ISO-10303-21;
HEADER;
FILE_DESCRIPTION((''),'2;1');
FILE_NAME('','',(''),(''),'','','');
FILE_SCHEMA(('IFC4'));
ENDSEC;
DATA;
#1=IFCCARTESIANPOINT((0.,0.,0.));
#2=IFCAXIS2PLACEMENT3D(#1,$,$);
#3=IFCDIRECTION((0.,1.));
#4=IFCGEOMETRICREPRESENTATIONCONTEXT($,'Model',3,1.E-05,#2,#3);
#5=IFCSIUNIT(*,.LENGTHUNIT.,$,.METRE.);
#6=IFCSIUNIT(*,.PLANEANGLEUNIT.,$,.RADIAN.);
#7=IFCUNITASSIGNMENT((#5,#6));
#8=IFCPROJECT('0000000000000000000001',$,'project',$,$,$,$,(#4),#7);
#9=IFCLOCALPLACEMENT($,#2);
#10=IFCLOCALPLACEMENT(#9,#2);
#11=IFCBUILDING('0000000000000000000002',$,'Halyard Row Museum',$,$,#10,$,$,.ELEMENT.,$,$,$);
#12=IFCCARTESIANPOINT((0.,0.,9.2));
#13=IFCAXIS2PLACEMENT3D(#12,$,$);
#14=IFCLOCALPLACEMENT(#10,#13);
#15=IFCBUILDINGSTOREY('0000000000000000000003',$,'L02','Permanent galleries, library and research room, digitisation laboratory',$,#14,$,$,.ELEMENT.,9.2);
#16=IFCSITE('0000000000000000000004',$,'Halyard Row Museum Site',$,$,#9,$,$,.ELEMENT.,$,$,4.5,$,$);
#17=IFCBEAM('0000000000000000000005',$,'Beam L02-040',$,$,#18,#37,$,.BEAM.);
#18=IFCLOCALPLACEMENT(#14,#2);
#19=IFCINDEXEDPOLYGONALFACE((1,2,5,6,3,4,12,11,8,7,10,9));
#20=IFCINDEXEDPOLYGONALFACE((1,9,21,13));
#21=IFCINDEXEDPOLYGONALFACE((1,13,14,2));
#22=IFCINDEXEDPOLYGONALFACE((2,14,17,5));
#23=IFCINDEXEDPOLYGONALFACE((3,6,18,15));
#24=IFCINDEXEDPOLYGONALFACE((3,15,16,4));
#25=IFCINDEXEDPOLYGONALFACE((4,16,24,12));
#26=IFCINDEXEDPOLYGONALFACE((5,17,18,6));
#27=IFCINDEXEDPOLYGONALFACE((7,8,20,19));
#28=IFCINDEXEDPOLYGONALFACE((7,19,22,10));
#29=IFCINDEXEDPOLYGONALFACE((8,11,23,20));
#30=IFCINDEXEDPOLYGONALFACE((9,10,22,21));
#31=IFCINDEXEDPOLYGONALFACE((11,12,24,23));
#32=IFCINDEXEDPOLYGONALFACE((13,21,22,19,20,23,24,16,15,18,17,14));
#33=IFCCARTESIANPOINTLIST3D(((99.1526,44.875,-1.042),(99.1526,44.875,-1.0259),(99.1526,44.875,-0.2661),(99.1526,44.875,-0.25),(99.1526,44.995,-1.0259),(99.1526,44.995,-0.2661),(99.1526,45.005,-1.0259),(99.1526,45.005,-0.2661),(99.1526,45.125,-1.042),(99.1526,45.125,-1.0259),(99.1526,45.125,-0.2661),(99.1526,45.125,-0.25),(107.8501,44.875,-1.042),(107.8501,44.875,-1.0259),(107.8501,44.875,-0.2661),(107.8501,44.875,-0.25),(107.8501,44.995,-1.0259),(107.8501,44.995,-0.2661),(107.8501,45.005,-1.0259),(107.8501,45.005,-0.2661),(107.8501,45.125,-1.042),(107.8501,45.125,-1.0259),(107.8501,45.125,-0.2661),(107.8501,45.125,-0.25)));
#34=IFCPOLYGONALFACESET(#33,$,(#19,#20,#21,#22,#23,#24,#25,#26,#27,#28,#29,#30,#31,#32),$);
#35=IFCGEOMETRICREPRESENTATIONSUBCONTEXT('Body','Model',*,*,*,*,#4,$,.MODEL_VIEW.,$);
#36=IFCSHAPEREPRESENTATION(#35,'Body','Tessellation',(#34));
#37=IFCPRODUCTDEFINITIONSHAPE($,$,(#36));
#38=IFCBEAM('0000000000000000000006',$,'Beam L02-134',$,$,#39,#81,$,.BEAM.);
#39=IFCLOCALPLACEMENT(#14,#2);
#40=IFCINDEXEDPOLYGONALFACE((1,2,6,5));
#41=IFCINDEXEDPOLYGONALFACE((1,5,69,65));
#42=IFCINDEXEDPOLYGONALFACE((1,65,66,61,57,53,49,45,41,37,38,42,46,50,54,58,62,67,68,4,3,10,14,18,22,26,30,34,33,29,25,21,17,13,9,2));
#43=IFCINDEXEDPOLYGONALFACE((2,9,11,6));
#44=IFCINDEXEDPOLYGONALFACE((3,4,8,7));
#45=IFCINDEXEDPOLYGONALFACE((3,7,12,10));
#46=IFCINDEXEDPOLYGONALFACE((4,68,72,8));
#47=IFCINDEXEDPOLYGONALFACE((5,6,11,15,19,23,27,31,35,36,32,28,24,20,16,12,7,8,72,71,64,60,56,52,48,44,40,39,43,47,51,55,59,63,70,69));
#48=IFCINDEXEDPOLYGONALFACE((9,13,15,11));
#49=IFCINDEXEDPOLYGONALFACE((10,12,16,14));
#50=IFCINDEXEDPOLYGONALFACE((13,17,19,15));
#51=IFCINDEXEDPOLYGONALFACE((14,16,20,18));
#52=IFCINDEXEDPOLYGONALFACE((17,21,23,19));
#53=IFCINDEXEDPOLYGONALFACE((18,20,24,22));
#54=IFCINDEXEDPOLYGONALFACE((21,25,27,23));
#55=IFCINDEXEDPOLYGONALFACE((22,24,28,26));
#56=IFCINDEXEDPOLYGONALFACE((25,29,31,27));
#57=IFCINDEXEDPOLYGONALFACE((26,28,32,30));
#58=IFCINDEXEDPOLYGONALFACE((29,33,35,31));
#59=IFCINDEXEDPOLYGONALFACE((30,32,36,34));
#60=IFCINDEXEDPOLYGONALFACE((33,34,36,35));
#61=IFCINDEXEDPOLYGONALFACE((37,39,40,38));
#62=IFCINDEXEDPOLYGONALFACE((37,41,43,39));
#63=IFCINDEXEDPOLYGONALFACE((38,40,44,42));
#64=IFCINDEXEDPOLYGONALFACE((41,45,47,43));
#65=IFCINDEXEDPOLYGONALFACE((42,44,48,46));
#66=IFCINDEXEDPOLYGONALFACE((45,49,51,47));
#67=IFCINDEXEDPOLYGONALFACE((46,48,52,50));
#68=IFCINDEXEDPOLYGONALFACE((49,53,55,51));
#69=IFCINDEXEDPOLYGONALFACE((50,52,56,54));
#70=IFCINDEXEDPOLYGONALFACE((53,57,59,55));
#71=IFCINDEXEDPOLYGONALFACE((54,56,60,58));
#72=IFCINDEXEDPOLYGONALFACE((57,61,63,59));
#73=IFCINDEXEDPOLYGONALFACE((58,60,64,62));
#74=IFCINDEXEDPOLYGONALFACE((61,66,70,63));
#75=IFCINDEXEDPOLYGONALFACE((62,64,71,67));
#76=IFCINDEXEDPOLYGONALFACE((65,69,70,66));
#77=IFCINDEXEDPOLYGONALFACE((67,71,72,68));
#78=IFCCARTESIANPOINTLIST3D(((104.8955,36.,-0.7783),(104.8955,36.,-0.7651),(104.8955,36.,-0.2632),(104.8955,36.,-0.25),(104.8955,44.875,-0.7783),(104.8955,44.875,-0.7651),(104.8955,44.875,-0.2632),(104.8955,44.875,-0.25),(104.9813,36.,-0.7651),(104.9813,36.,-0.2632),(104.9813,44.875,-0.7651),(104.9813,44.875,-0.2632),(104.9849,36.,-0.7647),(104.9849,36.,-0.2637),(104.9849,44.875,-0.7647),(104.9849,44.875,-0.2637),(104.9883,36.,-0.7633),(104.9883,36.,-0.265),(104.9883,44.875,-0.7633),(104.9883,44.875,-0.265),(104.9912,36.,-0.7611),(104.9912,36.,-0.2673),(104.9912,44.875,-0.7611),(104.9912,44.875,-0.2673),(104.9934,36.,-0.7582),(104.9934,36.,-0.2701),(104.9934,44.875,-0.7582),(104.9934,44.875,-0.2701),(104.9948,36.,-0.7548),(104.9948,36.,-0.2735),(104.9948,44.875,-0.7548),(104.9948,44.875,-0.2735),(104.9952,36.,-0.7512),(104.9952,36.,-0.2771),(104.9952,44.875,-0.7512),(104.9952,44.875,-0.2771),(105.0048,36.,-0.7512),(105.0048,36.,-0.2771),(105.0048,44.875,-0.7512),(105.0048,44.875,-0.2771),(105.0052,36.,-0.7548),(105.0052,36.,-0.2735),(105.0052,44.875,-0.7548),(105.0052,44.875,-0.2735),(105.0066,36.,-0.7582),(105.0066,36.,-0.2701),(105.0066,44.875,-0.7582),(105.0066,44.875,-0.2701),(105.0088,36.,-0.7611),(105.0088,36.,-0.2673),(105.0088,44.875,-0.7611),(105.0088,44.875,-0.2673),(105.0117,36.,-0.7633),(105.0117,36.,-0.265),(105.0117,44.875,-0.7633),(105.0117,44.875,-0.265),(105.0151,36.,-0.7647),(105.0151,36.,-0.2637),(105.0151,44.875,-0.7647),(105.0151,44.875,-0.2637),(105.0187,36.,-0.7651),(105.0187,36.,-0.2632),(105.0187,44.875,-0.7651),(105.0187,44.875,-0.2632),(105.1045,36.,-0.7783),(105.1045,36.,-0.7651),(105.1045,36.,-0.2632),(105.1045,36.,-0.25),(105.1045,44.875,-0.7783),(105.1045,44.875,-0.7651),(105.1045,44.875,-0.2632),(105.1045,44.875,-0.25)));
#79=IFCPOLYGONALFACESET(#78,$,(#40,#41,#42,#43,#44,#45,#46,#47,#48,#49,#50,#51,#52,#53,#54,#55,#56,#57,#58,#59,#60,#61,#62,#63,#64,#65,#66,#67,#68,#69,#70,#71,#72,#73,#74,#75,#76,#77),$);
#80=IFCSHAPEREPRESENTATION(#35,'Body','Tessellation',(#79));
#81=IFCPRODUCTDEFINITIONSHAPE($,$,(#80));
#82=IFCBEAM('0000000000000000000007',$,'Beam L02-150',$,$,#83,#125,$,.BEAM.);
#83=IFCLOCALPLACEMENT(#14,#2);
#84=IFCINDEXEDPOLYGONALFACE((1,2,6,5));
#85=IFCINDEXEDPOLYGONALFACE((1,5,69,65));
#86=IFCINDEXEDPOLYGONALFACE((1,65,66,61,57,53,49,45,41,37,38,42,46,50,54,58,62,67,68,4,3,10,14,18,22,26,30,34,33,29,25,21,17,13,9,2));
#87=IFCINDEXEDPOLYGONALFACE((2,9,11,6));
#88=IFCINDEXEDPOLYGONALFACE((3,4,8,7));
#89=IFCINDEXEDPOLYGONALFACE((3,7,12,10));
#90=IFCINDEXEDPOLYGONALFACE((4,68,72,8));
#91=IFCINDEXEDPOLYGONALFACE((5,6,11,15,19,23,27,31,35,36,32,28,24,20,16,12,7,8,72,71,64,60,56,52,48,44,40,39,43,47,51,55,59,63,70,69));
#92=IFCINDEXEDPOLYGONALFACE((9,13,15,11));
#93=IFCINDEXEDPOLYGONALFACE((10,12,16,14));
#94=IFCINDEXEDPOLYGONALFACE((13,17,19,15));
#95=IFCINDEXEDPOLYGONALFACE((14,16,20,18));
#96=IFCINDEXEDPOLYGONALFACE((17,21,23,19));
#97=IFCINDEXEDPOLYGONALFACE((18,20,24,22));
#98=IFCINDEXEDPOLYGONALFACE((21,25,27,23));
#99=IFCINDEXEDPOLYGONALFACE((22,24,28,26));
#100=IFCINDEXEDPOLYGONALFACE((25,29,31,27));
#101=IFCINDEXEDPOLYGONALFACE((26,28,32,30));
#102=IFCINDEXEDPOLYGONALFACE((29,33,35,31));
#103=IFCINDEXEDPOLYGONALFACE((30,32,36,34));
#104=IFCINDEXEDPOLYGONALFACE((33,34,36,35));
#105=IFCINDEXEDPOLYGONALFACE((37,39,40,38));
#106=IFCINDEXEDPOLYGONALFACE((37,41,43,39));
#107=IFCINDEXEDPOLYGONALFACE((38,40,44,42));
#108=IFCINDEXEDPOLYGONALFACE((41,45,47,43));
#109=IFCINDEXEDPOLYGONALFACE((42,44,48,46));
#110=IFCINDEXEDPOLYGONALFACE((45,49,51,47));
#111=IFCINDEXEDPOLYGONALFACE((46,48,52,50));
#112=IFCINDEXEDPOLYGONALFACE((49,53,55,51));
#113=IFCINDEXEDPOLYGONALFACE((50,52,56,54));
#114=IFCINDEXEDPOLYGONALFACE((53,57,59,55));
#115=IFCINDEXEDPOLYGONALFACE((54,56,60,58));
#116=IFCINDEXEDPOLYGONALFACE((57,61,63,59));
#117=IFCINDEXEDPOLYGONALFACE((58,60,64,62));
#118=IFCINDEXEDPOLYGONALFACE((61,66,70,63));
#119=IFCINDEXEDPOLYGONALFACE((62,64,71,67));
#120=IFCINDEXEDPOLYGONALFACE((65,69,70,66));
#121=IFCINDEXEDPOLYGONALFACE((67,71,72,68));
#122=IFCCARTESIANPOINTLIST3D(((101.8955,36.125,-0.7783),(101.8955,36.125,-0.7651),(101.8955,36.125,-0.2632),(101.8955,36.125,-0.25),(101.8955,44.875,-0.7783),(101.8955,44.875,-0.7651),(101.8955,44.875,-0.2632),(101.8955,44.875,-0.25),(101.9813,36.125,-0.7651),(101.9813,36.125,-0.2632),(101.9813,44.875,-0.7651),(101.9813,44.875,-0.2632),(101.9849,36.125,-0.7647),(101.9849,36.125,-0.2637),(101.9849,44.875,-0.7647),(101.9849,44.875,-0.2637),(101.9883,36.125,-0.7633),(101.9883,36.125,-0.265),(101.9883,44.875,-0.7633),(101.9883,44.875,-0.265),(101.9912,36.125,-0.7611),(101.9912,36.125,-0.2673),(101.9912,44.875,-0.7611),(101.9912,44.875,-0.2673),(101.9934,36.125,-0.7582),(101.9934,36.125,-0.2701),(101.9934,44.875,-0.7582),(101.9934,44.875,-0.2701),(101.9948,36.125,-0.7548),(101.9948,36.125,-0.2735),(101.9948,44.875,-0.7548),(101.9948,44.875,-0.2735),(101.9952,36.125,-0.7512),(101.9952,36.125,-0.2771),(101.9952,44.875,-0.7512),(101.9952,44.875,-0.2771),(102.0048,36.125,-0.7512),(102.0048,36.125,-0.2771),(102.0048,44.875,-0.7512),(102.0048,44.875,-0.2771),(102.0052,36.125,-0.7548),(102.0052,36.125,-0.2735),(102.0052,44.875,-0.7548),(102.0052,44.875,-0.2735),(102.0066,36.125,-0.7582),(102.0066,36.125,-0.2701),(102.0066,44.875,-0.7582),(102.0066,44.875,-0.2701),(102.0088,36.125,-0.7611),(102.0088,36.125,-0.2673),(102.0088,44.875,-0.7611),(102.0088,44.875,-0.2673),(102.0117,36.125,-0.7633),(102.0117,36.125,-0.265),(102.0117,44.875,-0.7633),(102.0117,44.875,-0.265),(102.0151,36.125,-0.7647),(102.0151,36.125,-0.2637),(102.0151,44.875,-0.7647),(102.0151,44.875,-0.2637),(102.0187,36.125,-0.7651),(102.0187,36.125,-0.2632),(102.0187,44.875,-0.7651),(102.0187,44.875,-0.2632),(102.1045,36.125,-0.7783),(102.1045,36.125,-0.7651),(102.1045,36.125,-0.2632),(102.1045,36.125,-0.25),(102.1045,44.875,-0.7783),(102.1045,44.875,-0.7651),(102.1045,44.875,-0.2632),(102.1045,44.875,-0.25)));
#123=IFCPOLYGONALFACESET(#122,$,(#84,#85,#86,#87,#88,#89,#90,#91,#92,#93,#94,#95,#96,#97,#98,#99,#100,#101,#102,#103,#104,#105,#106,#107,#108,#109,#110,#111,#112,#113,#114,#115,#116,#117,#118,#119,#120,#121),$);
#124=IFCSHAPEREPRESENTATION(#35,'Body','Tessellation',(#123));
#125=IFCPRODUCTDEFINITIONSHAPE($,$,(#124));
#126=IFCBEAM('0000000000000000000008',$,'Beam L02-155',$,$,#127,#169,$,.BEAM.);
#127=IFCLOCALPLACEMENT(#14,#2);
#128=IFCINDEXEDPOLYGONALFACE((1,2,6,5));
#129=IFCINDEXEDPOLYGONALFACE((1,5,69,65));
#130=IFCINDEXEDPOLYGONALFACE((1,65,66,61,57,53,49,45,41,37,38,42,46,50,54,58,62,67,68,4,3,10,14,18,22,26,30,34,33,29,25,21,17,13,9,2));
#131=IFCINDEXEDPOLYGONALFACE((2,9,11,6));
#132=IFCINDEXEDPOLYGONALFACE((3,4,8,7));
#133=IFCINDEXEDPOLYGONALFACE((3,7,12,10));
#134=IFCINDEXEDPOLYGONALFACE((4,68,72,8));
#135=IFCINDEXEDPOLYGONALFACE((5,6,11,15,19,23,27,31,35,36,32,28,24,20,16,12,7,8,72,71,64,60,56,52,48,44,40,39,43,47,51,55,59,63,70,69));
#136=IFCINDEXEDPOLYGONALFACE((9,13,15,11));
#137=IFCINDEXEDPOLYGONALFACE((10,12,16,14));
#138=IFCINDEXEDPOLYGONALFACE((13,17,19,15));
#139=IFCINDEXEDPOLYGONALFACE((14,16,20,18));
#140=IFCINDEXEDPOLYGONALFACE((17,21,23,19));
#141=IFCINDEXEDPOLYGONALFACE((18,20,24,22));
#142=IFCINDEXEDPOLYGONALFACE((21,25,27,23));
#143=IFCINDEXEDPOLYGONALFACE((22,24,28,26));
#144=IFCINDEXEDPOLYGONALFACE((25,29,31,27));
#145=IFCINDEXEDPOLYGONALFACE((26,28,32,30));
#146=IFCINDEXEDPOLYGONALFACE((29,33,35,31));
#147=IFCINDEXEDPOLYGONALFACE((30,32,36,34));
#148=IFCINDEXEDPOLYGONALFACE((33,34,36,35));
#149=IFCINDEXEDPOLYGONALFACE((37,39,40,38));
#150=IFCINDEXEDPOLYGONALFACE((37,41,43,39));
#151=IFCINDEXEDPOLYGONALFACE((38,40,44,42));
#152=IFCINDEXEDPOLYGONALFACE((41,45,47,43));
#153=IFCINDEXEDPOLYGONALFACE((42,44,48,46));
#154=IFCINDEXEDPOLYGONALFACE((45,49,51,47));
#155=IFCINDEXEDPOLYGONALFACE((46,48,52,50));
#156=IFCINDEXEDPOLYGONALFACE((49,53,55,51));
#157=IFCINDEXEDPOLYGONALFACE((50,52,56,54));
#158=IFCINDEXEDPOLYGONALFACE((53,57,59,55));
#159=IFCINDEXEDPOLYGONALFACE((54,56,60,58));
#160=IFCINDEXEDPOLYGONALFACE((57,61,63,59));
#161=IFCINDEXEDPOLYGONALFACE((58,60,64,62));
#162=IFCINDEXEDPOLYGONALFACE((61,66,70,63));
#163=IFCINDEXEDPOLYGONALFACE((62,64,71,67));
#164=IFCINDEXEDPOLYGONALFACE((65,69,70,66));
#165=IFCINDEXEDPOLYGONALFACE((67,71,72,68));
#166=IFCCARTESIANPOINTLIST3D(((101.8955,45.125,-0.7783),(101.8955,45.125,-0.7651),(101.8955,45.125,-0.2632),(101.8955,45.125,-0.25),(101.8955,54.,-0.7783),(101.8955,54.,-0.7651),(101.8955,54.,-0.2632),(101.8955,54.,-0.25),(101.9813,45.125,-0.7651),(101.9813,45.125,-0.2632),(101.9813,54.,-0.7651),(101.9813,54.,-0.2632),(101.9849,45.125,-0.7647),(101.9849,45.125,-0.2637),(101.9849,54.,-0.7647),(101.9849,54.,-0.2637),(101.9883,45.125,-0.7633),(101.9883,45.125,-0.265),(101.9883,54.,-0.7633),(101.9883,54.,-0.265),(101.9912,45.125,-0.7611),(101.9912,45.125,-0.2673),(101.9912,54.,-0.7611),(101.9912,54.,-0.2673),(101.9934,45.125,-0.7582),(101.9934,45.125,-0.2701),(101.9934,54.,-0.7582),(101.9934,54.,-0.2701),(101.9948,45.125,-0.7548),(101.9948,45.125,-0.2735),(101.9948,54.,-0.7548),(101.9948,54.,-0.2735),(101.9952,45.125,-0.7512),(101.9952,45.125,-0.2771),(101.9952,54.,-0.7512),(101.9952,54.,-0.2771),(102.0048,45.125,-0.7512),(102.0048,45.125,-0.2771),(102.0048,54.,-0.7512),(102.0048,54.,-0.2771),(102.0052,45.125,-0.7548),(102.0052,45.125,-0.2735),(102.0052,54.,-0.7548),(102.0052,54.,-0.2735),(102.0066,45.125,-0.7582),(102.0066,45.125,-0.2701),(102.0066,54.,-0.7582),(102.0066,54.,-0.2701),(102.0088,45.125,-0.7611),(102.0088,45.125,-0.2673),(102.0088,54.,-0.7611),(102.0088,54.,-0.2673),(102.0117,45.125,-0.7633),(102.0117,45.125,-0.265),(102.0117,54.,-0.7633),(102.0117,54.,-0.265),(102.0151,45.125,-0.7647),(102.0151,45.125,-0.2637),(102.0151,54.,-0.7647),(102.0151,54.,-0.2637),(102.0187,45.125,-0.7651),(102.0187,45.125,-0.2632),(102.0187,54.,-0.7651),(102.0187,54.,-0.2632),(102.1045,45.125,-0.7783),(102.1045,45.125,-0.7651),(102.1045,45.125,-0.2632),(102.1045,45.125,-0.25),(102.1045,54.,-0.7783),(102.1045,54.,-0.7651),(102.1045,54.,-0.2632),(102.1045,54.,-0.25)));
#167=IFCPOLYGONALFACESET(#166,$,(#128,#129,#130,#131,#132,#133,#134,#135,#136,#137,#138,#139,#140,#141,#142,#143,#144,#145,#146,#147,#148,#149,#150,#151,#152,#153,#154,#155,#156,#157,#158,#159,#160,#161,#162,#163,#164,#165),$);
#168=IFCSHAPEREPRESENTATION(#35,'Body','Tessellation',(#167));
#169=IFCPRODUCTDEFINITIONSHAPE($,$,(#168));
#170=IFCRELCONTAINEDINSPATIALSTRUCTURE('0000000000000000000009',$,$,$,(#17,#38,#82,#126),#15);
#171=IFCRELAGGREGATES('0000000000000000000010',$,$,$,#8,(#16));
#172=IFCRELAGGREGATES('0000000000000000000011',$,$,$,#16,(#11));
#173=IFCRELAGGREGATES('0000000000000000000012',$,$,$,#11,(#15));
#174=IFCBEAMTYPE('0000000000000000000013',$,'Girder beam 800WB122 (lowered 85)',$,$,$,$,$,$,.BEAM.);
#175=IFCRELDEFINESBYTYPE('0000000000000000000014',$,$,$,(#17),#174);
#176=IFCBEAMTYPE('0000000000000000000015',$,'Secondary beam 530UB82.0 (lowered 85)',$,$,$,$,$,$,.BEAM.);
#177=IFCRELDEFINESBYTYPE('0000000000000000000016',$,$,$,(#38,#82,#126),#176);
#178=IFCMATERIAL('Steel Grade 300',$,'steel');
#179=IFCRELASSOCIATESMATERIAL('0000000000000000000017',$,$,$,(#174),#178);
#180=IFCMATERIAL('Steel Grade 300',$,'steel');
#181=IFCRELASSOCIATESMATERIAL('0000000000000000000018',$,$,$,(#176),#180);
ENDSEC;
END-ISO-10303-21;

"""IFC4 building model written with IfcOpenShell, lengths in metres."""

from ifc_helpers import new_model, si_unit, direction, frame, origin, origin_2d, place, context, subcontext, project, spatial, i_section, extrude, material, material_profile, profile_set, type_object, element, save


model = new_model("IFC4")

# Units and contexts
model_context = context("Model", 3, precision=1e-05, world=origin(), true_north=direction((0.0, 1.0)))
body_context = subcontext(model_context, "Body", "Model", "MODEL_VIEW")
ifc_project = project(units=[si_unit("LENGTHUNIT", "METRE"), si_unit("PLANEANGLEUNIT", "RADIAN")], contexts=[model_context])

# Site, building, storey
site_placement = place(None, origin())
site = spatial("IfcSite", under=ifc_project, at=site_placement, Name="Halyard Row Museum Site", CompositionType="ELEMENT", RefElevation=4.5)
building_placement = place(site_placement, origin())
building = spatial("IfcBuilding", under=site, at=building_placement, Name="Halyard Row Museum", CompositionType="ELEMENT")
storey_placement = place(building_placement, frame((0.0, 0.0, 9.2)))
storey = spatial("IfcBuildingStorey", under=building, at=storey_placement, Name="L02", Description="Permanent galleries, library and research room, digitisation laboratory", CompositionType="ELEMENT", Elevation=9.2)

# Beams
ifc_material_1 = material(Name="Steel Grade 300", Category="steel")
ifc_material_profile_1 = material_profile(ifc_material_1, i_section(OverallWidth=0.25, OverallDepth=0.792, WebThickness=0.01, FlangeThickness=0.0161, at=origin_2d()), Name="800WB122")
ifc_profile_set_1 = profile_set([ifc_material_profile_1], Name="Steel Grade 300")
beam_type_1 = type_object("IfcBeamType", Name="Girder beam 800WB122 (lowered 85)", PredefinedType="BEAM", material=ifc_profile_set_1)
beam_1_placement = place(storey_placement, frame((99.1526, 45.0, -0.646), z_axis=(1.0, 0.0, 0.0), x_axis=(0.0, 1.0, 0.0)))
element("IfcBeam", 1, at=beam_1_placement, inside=storey, type_object=beam_type_1, Name="Beam L02-040", PredefinedType="BEAM", context=body_context, shape_type="SweptSolid", body=[
    extrude(i_section(OverallWidth=0.25, OverallDepth=0.792, WebThickness=0.01, FlangeThickness=0.0161, at=origin_2d()), origin(), (0.0, 0.0, 1.0), 8.6975),
])
ifc_material_2 = material(Name="Steel Grade 300", Category="steel")
ifc_material_profile_2 = material_profile(ifc_material_2, i_section(OverallWidth=0.209, OverallDepth=0.5283, WebThickness=0.0095, FlangeThickness=0.0132, FilletRadius=0.0139, at=origin_2d()), Name="530UB82.0")
ifc_profile_set_2 = profile_set([ifc_material_profile_2], Name="Steel Grade 300")
beam_type_2 = type_object("IfcBeamType", Name="Secondary beam 530UB82.0 (lowered 85)", PredefinedType="BEAM", material=ifc_profile_set_2)
beam_2_placement = place(storey_placement, frame((105.0, 36.0, -0.5142), z_axis=(0.0, 1.0, 0.0), x_axis=(-1.0, 0.0, 0.0)))
element("IfcBeam", 2, at=beam_2_placement, inside=storey, type_object=beam_type_2, Name="Beam L02-134", PredefinedType="BEAM", context=body_context, shape_type="SweptSolid", body=[
    extrude(i_section(OverallWidth=0.209, OverallDepth=0.5283, WebThickness=0.0095, FlangeThickness=0.0132, FilletRadius=0.0139, at=origin_2d()), origin(), (0.0, 0.0, 1.0), 8.875),
])
beam_3_placement = place(storey_placement, frame((102.0, 36.125, -0.5142), z_axis=(0.0, 1.0, 0.0), x_axis=(-1.0, 0.0, 0.0)))
element("IfcBeam", 3, at=beam_3_placement, inside=storey, type_object=beam_type_2, Name="Beam L02-150", PredefinedType="BEAM", context=body_context, shape_type="SweptSolid", body=[
    extrude(i_section(OverallWidth=0.209, OverallDepth=0.5283, WebThickness=0.0095, FlangeThickness=0.0132, FilletRadius=0.0139, at=origin_2d()), origin(), (0.0, 0.0, 1.0), 8.75),
])
for number, where, z_axis, x_axis, name in (
    (4, (102.0, 45.125, -0.5142), (0.0, 1.0, 0.0), (-1.0, 0.0, 0.0), "Beam L02-155"),
):
    element("IfcBeam", number, at=place(storey_placement, frame(where, z_axis=z_axis, x_axis=x_axis)), inside=storey, type_object=beam_type_2, Name=name, PredefinedType="BEAM", context=body_context, shape_type="SweptSolid", body=[
        extrude(i_section(OverallWidth=0.209, OverallDepth=0.5283, WebThickness=0.0095, FlangeThickness=0.0132, FilletRadius=0.0139, at=origin_2d()), origin(), (0.0, 0.0, 1.0), 8.875),
    ])

save(model, "model.ifc")
